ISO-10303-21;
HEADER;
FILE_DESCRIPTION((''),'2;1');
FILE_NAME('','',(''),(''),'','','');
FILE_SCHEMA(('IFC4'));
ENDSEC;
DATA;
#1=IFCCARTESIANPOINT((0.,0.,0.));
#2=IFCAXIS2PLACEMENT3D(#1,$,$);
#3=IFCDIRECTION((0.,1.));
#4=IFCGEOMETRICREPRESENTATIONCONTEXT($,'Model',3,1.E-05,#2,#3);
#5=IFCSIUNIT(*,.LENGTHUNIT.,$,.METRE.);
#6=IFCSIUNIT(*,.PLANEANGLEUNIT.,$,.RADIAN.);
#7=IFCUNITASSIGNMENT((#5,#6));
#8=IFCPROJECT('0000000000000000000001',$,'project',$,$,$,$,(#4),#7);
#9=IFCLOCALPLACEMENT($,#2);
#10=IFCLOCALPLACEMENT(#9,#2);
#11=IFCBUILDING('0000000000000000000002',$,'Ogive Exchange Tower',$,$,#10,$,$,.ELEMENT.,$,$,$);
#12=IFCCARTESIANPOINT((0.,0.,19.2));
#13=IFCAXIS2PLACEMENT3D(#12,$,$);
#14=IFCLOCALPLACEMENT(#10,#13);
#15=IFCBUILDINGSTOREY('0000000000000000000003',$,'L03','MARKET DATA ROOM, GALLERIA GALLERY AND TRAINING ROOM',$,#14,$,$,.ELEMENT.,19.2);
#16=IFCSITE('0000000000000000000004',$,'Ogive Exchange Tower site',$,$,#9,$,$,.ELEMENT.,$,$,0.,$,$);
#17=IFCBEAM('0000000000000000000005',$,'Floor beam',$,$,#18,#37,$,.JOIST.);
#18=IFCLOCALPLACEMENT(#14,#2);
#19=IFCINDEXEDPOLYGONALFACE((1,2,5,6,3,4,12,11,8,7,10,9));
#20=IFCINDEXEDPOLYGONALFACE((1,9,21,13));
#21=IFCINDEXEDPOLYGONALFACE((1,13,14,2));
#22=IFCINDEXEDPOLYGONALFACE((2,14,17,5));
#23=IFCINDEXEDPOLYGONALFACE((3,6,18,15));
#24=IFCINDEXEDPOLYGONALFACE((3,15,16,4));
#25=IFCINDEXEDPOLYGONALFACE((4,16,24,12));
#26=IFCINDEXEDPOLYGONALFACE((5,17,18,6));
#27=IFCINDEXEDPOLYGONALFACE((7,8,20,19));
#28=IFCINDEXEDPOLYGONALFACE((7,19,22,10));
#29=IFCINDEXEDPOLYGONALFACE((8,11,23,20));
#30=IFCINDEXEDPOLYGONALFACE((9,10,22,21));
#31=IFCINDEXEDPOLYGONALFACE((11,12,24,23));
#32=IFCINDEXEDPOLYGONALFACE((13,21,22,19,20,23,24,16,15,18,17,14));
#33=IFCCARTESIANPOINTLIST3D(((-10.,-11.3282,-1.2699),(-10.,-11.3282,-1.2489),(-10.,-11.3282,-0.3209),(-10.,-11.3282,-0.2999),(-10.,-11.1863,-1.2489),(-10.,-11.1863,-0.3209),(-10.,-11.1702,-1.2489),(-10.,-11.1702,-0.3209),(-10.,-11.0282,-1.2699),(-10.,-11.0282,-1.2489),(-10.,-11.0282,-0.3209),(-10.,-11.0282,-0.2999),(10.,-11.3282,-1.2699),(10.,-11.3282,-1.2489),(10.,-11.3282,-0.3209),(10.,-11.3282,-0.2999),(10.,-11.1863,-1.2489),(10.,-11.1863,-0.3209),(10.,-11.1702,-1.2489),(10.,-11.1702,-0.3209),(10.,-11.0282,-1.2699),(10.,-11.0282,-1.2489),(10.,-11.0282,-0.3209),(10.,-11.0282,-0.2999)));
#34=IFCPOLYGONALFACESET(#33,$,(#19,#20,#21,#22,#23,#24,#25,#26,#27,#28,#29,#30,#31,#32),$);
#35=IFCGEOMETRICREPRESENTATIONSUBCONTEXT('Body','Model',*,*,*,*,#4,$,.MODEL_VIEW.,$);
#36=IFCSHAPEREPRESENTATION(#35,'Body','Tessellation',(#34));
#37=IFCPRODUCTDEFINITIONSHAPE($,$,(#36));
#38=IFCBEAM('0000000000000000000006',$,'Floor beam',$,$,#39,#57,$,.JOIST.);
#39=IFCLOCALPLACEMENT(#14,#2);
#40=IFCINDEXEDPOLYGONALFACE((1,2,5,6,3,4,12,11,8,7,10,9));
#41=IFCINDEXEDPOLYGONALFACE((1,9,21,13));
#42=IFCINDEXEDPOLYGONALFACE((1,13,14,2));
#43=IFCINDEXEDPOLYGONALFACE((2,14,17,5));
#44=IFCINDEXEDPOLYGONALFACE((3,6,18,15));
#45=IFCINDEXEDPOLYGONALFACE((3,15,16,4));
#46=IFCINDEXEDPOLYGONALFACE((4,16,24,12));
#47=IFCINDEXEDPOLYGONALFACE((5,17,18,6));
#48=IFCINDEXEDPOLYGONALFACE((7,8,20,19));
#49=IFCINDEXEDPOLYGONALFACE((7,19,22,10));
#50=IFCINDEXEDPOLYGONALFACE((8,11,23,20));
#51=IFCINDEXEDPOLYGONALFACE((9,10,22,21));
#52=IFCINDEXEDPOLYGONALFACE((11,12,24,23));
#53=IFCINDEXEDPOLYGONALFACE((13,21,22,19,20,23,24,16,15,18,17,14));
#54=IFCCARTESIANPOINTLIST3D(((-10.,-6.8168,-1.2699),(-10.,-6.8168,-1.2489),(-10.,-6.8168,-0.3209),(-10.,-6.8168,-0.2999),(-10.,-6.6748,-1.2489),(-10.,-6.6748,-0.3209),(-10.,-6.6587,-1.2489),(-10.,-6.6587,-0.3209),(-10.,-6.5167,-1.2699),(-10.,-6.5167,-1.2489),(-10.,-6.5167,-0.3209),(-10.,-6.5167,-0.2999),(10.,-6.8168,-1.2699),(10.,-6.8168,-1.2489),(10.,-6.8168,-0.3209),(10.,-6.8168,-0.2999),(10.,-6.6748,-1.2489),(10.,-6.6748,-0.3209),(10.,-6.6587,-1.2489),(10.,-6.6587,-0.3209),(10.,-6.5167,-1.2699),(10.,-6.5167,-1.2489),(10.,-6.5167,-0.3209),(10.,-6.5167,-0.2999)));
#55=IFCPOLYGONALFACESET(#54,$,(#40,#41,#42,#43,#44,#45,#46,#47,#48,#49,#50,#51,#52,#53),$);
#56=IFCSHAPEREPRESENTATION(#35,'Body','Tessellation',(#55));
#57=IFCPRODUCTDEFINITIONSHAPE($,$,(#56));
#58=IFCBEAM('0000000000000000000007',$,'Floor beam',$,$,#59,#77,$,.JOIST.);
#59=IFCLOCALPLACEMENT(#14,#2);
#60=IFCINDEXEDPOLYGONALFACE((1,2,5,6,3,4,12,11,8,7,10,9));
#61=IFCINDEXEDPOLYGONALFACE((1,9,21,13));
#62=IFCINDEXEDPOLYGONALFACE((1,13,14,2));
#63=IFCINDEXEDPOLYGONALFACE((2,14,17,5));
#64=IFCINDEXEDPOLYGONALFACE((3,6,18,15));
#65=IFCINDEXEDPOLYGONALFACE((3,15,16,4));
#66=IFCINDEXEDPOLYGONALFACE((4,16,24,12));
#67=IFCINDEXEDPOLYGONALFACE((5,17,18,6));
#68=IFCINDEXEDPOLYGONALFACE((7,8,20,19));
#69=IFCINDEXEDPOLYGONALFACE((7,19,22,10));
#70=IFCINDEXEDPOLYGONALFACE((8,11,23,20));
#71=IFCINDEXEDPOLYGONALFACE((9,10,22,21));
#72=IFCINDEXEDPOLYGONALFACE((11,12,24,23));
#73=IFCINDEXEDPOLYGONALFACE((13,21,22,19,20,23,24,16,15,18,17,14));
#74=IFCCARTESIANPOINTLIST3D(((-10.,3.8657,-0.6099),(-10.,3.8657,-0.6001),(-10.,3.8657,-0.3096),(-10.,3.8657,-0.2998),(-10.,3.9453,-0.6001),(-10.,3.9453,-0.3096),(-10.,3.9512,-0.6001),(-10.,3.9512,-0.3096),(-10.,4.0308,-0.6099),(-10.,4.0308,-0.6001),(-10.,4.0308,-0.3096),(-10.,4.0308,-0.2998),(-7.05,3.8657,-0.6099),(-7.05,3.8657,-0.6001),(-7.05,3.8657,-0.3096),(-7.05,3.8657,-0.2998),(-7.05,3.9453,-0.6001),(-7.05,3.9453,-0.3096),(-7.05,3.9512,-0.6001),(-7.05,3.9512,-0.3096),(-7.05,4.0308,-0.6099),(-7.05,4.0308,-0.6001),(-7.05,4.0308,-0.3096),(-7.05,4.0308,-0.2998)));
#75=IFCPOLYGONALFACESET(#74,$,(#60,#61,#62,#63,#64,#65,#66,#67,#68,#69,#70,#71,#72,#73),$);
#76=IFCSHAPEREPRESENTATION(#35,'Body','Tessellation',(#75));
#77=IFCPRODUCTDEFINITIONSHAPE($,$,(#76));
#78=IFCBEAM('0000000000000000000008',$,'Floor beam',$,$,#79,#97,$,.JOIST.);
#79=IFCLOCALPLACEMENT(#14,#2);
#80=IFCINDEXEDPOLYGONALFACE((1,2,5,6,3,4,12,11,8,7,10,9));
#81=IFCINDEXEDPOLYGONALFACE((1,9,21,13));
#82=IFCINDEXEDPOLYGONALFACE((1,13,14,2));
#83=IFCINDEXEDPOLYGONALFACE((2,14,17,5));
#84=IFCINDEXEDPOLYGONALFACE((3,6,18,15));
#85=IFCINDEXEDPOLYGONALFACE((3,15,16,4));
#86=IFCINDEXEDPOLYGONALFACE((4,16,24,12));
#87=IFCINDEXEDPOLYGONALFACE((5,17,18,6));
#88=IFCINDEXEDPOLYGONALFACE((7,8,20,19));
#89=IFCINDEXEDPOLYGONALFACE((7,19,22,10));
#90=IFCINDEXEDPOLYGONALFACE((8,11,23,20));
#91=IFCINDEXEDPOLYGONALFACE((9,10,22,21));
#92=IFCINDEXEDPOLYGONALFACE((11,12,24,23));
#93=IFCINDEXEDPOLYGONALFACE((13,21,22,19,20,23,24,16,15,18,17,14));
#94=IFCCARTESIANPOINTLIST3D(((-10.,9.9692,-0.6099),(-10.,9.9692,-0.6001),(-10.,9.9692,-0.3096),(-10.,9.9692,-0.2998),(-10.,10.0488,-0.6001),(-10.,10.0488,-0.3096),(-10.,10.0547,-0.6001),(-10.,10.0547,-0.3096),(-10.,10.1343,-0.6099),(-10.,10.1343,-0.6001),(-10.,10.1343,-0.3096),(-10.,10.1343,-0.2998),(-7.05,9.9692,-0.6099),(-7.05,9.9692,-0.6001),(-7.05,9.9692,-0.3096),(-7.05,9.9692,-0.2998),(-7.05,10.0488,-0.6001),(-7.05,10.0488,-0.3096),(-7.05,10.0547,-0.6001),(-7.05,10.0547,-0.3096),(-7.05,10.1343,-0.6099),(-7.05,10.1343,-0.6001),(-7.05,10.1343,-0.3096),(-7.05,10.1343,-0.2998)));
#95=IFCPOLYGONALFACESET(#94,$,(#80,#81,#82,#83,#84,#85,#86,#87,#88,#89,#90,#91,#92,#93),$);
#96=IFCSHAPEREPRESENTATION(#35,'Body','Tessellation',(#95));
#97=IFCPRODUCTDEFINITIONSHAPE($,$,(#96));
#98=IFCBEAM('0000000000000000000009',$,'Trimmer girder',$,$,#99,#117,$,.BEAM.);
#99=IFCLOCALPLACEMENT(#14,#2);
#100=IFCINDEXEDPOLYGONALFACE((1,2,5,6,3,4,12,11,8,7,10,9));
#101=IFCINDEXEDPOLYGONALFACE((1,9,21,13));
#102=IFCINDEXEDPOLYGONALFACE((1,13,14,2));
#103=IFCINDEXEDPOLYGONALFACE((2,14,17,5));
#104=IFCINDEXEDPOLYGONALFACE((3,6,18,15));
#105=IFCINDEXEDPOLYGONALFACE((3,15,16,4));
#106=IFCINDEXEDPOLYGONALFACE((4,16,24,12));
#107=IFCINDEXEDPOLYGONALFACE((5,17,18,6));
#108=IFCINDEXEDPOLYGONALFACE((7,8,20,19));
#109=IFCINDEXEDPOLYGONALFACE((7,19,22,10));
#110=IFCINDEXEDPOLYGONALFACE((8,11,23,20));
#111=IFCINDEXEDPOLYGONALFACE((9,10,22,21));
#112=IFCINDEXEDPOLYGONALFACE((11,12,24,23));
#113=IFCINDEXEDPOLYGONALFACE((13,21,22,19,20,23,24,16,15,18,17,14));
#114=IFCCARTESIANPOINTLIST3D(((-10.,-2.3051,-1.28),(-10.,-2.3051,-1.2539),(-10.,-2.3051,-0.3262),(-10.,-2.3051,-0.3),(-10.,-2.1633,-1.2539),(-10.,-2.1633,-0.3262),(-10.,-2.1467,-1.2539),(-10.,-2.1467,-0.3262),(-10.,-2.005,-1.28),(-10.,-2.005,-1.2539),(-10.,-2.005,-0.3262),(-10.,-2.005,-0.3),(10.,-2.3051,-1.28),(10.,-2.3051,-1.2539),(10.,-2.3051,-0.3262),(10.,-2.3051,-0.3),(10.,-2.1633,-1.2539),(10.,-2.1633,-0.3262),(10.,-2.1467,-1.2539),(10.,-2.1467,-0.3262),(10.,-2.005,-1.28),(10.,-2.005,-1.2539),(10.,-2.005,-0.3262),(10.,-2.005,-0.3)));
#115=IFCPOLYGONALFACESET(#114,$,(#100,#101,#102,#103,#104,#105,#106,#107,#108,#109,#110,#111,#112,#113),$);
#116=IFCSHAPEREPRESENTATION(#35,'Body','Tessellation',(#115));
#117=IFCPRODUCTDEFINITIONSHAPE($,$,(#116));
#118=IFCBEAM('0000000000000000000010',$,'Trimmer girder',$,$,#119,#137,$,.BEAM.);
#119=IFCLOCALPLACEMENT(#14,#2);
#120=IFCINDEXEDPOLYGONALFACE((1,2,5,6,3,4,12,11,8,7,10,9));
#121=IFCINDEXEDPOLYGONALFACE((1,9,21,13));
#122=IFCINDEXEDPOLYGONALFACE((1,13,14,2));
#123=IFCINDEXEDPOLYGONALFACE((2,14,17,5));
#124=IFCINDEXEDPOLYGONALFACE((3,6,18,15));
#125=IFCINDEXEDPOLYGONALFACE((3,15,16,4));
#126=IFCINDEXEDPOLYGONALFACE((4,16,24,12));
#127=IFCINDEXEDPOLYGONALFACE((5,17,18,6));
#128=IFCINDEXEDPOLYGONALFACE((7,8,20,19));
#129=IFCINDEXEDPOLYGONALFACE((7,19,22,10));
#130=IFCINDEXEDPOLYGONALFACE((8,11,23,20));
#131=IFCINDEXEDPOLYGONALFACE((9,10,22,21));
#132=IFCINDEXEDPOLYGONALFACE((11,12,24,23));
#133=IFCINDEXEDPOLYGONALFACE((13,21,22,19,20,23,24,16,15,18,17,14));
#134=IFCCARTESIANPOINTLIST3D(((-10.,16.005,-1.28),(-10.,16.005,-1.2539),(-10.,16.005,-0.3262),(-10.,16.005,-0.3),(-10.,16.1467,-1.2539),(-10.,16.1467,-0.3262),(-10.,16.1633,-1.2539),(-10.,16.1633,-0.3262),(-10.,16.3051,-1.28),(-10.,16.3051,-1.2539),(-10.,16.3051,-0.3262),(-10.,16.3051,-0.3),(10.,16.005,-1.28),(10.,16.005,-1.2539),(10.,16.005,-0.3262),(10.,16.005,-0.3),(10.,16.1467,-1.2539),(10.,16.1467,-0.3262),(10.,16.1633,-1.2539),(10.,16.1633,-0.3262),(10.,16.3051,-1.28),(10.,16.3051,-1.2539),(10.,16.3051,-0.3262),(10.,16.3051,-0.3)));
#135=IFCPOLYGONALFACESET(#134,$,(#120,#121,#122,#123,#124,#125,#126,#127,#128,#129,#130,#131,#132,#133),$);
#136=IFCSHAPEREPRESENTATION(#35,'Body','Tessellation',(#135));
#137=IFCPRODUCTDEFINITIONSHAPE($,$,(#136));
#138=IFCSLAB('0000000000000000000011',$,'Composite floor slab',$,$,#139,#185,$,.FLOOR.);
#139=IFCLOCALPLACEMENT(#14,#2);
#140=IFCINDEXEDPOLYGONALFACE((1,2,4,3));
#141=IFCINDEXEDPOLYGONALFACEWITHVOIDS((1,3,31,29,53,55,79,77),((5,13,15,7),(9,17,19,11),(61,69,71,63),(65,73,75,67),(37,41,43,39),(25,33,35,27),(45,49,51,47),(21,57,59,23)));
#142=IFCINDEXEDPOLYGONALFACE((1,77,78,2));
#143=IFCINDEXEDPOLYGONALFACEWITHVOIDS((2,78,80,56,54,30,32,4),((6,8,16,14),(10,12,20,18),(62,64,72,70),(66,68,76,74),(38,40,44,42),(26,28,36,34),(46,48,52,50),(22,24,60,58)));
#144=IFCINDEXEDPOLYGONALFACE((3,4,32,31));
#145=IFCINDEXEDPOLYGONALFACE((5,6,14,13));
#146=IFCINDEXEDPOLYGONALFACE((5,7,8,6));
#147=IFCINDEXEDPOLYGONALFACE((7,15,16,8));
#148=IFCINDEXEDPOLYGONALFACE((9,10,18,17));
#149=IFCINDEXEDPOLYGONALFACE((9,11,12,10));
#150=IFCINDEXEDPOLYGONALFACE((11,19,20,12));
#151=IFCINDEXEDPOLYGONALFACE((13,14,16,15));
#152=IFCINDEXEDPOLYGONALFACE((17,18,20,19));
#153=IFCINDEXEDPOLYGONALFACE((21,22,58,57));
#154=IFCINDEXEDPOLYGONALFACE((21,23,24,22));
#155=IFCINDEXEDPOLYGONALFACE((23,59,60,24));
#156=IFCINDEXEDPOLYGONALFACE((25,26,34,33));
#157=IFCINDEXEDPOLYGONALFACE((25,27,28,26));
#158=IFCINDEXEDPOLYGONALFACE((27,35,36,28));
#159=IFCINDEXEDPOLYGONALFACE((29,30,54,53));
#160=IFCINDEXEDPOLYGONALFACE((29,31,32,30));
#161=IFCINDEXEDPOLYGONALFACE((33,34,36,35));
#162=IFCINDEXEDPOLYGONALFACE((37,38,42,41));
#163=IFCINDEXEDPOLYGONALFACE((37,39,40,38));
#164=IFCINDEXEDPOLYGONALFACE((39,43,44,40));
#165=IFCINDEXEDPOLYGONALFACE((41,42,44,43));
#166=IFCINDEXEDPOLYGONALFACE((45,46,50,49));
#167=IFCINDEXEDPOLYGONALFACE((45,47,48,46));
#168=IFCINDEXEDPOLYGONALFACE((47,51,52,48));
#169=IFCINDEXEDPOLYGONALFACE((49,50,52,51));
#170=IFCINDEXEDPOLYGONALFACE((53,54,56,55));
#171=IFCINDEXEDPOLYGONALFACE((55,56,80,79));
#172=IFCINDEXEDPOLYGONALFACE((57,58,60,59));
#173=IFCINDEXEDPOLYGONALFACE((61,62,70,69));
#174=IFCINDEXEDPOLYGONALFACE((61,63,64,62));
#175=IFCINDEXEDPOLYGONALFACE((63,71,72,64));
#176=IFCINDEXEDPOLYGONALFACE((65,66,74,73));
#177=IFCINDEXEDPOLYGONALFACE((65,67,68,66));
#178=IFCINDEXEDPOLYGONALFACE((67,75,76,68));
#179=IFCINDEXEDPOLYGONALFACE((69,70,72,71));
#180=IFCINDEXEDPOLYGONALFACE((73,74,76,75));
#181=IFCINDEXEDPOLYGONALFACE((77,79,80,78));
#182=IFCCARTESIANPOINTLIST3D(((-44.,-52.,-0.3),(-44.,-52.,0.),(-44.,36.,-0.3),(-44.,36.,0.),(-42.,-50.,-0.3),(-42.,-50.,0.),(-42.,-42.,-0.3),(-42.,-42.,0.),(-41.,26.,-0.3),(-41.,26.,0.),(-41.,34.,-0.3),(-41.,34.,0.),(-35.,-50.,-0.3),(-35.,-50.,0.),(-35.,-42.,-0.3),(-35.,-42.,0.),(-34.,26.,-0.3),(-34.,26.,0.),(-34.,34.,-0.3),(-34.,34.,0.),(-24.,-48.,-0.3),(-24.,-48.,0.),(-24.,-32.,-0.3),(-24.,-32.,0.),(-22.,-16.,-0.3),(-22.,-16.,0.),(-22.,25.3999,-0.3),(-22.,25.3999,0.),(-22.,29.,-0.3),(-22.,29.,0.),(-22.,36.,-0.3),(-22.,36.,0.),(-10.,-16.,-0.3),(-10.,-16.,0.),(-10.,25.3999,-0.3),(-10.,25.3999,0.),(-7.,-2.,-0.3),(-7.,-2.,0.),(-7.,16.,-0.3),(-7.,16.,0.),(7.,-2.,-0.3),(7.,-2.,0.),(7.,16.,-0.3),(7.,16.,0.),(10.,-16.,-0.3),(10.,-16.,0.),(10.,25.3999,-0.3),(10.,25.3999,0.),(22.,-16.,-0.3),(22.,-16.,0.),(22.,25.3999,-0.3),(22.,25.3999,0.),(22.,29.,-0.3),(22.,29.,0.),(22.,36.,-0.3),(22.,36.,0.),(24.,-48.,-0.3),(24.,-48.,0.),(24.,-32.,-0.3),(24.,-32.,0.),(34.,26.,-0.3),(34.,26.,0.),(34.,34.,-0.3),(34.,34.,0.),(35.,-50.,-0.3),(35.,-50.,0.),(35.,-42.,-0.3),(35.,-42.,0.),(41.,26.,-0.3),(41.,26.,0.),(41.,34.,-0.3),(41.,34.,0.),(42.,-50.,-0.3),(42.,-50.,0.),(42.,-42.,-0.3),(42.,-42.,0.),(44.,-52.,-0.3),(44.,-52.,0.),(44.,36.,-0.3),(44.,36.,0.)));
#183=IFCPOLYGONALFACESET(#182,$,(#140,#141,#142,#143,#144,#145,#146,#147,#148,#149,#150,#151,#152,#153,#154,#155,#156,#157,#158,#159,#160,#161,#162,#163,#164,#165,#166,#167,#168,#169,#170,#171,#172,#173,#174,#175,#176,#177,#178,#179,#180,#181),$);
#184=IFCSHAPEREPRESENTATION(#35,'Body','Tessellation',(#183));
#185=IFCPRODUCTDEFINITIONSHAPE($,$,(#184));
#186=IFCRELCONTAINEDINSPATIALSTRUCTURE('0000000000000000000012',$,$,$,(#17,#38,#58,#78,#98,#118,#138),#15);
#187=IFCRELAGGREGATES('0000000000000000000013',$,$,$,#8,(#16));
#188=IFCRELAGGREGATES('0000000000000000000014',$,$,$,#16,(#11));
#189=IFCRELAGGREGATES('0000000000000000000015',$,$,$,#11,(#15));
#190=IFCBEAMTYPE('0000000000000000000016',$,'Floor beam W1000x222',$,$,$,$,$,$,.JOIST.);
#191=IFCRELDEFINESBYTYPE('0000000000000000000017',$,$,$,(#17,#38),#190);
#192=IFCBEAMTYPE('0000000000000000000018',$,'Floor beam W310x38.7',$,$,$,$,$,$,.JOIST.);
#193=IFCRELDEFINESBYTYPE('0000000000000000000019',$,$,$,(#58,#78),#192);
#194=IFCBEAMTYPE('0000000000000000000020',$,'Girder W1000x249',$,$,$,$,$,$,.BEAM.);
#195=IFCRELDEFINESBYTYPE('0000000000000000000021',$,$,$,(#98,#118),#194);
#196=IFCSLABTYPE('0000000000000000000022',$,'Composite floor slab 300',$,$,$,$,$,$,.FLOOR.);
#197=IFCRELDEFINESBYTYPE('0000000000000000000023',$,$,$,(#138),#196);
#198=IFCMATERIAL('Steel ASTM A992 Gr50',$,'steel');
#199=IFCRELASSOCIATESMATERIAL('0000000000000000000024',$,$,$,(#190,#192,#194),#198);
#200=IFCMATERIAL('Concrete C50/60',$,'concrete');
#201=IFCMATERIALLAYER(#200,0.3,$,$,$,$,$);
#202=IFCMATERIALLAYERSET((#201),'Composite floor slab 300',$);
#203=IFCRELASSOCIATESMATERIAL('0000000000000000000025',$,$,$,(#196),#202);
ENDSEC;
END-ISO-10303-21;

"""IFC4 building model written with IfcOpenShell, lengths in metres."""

from ifc_helpers import new_model, si_unit, direction, frame, origin, origin_2d, place, context, subcontext, project, spatial, polyline, i_section, outline, extrude, material, layer, layer_set, material_profile, profile_set, type_object, element, save


model = new_model("IFC4")

# Units and contexts
model_context = context("Model", 3, precision=1e-05, world=origin(), true_north=direction((0.0, 1.0)))
body_context = subcontext(model_context, "Body", "Model", "MODEL_VIEW")
ifc_project = project(units=[si_unit("LENGTHUNIT", "METRE"), si_unit("PLANEANGLEUNIT", "RADIAN")], contexts=[model_context])

# Site, building, storey
site_placement = place(None, origin())
site = spatial("IfcSite", under=ifc_project, at=site_placement, Name="Ogive Exchange Tower site", CompositionType="ELEMENT", RefElevation=0.0)
building_placement = place(site_placement, origin())
building = spatial("IfcBuilding", under=site, at=building_placement, Name="Ogive Exchange Tower", CompositionType="ELEMENT")
storey_placement = place(building_placement, frame((0.0, 0.0, 19.2)))
storey = spatial("IfcBuildingStorey", under=building, at=storey_placement, Name="L03", Description="MARKET DATA ROOM, GALLERIA GALLERY AND TRAINING ROOM", CompositionType="ELEMENT", Elevation=19.2)

# Beams
ifc_material_1 = material(Name="Steel ASTM A992 Gr50", Category="steel")
ifc_material_profile_1 = material_profile(ifc_material_1, i_section(OverallWidth=0.3, OverallDepth=0.97, WebThickness=0.0161, FlangeThickness=0.021, at=origin_2d()), Name="W1000x222")
ifc_profile_set_1 = profile_set([ifc_material_profile_1], Name="Steel ASTM A992 Gr50")
beam_type_1 = type_object("IfcBeamType", Name="Floor beam W1000x222", PredefinedType="JOIST", material=ifc_profile_set_1)
for number, where, z_axis, x_axis, name in (
    (1, (-10.0, -11.1782, -0.7849), (1.0, 0.0, 0.0), (0.0, 1.0, 0.0), "Floor beam"),
    (2, (-10.0, -6.6667, -0.7849), (1.0, 0.0, 0.0), (0.0, 1.0, 0.0), "Floor beam"),
):
    element("IfcBeam", number, at=place(storey_placement, frame(where, z_axis=z_axis, x_axis=x_axis)), inside=storey, type_object=beam_type_1, Name=name, PredefinedType="JOIST", context=body_context, shape_type="SweptSolid", body=[
        extrude(i_section(OverallWidth=0.3, OverallDepth=0.97, WebThickness=0.0161, FlangeThickness=0.021, at=origin_2d()), origin(), (0.0, 0.0, 1.0), 20.0),
    ])
ifc_material_profile_2 = material_profile(ifc_material_1, i_section(OverallWidth=0.165, OverallDepth=0.3101, WebThickness=0.0059, FlangeThickness=0.0098, at=origin_2d()), Name="W310x38.7")
ifc_profile_set_2 = profile_set([ifc_material_profile_2], Name="Steel ASTM A992 Gr50")
beam_type_2 = type_object("IfcBeamType", Name="Floor beam W310x38.7", PredefinedType="JOIST", material=ifc_profile_set_2)
for number, where, z_axis, x_axis, name in (
    (3, (-10.0, 3.9482, -0.4548), (1.0, 0.0, 0.0), (0.0, 1.0, 0.0), "Floor beam"),
    (4, (-10.0, 10.0518, -0.4548), (1.0, 0.0, 0.0), (0.0, 1.0, 0.0), "Floor beam"),
):
    element("IfcBeam", number, at=place(storey_placement, frame(where, z_axis=z_axis, x_axis=x_axis)), inside=storey, type_object=beam_type_2, Name=name, PredefinedType="JOIST", context=body_context, shape_type="SweptSolid", body=[
        extrude(i_section(OverallWidth=0.165, OverallDepth=0.3101, WebThickness=0.0059, FlangeThickness=0.0098, at=origin_2d()), origin(), (0.0, 0.0, 1.0), 2.95),
    ])
ifc_material_profile_3 = material_profile(ifc_material_1, i_section(OverallWidth=0.3, OverallDepth=0.98, WebThickness=0.0166, FlangeThickness=0.0261, at=origin_2d()), Name="W1000x249")
ifc_profile_set_3 = profile_set([ifc_material_profile_3], Name="Steel ASTM A992 Gr50")
beam_type_3 = type_object("IfcBeamType", Name="Girder W1000x249", PredefinedType="BEAM", material=ifc_profile_set_3)
for number, where, z_axis, x_axis, name in (
    (5, (-10.0, -2.155, -0.79), (1.0, 0.0, 0.0), (0.0, 1.0, 0.0), "Trimmer girder"),
    (6, (-10.0, 16.155, -0.79), (1.0, 0.0, 0.0), (0.0, 1.0, 0.0), "Trimmer girder"),
):
    element("IfcBeam", number, at=place(storey_placement, frame(where, z_axis=z_axis, x_axis=x_axis)), inside=storey, type_object=beam_type_3, Name=name, PredefinedType="BEAM", context=body_context, shape_type="SweptSolid", body=[
        extrude(i_section(OverallWidth=0.3, OverallDepth=0.98, WebThickness=0.0166, FlangeThickness=0.0261, at=origin_2d()), origin(), (0.0, 0.0, 1.0), 20.0),
    ])

# Slab
ifc_material_2 = material(Name="Concrete C50/60", Category="concrete")
ifc_layer_1 = layer(ifc_material_2, 0.3)
ifc_layer_set_1 = layer_set([ifc_layer_1], Name="Composite floor slab 300")
slab_type = type_object("IfcSlabType", Name="Composite floor slab 300", PredefinedType="FLOOR", material=ifc_layer_set_1)
slab_placement = place(storey_placement, frame((0.0, 0.0, -0.3)))
element("IfcSlab", 7, at=slab_placement, inside=storey, type_object=slab_type, Name="Composite floor slab", PredefinedType="FLOOR", context=body_context, shape_type="SweptSolid", body=[
    extrude(outline(polyline([(44.0, -52.0), (-44.0, -52.0), (-44.0, 36.0), (-22.0, 36.0), (-22.0, 29.0), (22.0, 29.0), (22.0, 36.0), (44.0, 36.0), (44.0, -52.0)]), holes=[polyline([(-42.0, -42.0), (-42.0, -50.0), (-35.0, -50.0), (-35.0, -42.0), (-42.0, -42.0)]), polyline([(35.0, -42.0), (35.0, -50.0), (42.0, -50.0), (42.0, -42.0), (35.0, -42.0)]), polyline([(-24.0, -32.0), (-24.0, -48.0), (24.0, -48.0), (24.0, -32.0), (-24.0, -32.0)]), polyline([(-22.0, 25.3999), (-22.0, -16.0), (-10.0, -16.0), (-10.0, 25.3999), (-22.0, 25.3999)]), polyline([(10.0, 25.3999), (10.0, -16.0), (22.0, -16.0), (22.0, 25.3999), (10.0, 25.3999)]), polyline([(-7.0, 16.0), (-7.0, -2.0), (7.0, -2.0), (7.0, 16.0), (-7.0, 16.0)]), polyline([(-41.0, 34.0), (-41.0, 26.0), (-34.0, 26.0), (-34.0, 34.0), (-41.0, 34.0)]), polyline([(34.0, 34.0), (34.0, 26.0), (41.0, 26.0), (41.0, 34.0), (34.0, 34.0)])]), origin(), (0.0, 0.0, 1.0), 0.3),
])

save(model, "model.ifc")
